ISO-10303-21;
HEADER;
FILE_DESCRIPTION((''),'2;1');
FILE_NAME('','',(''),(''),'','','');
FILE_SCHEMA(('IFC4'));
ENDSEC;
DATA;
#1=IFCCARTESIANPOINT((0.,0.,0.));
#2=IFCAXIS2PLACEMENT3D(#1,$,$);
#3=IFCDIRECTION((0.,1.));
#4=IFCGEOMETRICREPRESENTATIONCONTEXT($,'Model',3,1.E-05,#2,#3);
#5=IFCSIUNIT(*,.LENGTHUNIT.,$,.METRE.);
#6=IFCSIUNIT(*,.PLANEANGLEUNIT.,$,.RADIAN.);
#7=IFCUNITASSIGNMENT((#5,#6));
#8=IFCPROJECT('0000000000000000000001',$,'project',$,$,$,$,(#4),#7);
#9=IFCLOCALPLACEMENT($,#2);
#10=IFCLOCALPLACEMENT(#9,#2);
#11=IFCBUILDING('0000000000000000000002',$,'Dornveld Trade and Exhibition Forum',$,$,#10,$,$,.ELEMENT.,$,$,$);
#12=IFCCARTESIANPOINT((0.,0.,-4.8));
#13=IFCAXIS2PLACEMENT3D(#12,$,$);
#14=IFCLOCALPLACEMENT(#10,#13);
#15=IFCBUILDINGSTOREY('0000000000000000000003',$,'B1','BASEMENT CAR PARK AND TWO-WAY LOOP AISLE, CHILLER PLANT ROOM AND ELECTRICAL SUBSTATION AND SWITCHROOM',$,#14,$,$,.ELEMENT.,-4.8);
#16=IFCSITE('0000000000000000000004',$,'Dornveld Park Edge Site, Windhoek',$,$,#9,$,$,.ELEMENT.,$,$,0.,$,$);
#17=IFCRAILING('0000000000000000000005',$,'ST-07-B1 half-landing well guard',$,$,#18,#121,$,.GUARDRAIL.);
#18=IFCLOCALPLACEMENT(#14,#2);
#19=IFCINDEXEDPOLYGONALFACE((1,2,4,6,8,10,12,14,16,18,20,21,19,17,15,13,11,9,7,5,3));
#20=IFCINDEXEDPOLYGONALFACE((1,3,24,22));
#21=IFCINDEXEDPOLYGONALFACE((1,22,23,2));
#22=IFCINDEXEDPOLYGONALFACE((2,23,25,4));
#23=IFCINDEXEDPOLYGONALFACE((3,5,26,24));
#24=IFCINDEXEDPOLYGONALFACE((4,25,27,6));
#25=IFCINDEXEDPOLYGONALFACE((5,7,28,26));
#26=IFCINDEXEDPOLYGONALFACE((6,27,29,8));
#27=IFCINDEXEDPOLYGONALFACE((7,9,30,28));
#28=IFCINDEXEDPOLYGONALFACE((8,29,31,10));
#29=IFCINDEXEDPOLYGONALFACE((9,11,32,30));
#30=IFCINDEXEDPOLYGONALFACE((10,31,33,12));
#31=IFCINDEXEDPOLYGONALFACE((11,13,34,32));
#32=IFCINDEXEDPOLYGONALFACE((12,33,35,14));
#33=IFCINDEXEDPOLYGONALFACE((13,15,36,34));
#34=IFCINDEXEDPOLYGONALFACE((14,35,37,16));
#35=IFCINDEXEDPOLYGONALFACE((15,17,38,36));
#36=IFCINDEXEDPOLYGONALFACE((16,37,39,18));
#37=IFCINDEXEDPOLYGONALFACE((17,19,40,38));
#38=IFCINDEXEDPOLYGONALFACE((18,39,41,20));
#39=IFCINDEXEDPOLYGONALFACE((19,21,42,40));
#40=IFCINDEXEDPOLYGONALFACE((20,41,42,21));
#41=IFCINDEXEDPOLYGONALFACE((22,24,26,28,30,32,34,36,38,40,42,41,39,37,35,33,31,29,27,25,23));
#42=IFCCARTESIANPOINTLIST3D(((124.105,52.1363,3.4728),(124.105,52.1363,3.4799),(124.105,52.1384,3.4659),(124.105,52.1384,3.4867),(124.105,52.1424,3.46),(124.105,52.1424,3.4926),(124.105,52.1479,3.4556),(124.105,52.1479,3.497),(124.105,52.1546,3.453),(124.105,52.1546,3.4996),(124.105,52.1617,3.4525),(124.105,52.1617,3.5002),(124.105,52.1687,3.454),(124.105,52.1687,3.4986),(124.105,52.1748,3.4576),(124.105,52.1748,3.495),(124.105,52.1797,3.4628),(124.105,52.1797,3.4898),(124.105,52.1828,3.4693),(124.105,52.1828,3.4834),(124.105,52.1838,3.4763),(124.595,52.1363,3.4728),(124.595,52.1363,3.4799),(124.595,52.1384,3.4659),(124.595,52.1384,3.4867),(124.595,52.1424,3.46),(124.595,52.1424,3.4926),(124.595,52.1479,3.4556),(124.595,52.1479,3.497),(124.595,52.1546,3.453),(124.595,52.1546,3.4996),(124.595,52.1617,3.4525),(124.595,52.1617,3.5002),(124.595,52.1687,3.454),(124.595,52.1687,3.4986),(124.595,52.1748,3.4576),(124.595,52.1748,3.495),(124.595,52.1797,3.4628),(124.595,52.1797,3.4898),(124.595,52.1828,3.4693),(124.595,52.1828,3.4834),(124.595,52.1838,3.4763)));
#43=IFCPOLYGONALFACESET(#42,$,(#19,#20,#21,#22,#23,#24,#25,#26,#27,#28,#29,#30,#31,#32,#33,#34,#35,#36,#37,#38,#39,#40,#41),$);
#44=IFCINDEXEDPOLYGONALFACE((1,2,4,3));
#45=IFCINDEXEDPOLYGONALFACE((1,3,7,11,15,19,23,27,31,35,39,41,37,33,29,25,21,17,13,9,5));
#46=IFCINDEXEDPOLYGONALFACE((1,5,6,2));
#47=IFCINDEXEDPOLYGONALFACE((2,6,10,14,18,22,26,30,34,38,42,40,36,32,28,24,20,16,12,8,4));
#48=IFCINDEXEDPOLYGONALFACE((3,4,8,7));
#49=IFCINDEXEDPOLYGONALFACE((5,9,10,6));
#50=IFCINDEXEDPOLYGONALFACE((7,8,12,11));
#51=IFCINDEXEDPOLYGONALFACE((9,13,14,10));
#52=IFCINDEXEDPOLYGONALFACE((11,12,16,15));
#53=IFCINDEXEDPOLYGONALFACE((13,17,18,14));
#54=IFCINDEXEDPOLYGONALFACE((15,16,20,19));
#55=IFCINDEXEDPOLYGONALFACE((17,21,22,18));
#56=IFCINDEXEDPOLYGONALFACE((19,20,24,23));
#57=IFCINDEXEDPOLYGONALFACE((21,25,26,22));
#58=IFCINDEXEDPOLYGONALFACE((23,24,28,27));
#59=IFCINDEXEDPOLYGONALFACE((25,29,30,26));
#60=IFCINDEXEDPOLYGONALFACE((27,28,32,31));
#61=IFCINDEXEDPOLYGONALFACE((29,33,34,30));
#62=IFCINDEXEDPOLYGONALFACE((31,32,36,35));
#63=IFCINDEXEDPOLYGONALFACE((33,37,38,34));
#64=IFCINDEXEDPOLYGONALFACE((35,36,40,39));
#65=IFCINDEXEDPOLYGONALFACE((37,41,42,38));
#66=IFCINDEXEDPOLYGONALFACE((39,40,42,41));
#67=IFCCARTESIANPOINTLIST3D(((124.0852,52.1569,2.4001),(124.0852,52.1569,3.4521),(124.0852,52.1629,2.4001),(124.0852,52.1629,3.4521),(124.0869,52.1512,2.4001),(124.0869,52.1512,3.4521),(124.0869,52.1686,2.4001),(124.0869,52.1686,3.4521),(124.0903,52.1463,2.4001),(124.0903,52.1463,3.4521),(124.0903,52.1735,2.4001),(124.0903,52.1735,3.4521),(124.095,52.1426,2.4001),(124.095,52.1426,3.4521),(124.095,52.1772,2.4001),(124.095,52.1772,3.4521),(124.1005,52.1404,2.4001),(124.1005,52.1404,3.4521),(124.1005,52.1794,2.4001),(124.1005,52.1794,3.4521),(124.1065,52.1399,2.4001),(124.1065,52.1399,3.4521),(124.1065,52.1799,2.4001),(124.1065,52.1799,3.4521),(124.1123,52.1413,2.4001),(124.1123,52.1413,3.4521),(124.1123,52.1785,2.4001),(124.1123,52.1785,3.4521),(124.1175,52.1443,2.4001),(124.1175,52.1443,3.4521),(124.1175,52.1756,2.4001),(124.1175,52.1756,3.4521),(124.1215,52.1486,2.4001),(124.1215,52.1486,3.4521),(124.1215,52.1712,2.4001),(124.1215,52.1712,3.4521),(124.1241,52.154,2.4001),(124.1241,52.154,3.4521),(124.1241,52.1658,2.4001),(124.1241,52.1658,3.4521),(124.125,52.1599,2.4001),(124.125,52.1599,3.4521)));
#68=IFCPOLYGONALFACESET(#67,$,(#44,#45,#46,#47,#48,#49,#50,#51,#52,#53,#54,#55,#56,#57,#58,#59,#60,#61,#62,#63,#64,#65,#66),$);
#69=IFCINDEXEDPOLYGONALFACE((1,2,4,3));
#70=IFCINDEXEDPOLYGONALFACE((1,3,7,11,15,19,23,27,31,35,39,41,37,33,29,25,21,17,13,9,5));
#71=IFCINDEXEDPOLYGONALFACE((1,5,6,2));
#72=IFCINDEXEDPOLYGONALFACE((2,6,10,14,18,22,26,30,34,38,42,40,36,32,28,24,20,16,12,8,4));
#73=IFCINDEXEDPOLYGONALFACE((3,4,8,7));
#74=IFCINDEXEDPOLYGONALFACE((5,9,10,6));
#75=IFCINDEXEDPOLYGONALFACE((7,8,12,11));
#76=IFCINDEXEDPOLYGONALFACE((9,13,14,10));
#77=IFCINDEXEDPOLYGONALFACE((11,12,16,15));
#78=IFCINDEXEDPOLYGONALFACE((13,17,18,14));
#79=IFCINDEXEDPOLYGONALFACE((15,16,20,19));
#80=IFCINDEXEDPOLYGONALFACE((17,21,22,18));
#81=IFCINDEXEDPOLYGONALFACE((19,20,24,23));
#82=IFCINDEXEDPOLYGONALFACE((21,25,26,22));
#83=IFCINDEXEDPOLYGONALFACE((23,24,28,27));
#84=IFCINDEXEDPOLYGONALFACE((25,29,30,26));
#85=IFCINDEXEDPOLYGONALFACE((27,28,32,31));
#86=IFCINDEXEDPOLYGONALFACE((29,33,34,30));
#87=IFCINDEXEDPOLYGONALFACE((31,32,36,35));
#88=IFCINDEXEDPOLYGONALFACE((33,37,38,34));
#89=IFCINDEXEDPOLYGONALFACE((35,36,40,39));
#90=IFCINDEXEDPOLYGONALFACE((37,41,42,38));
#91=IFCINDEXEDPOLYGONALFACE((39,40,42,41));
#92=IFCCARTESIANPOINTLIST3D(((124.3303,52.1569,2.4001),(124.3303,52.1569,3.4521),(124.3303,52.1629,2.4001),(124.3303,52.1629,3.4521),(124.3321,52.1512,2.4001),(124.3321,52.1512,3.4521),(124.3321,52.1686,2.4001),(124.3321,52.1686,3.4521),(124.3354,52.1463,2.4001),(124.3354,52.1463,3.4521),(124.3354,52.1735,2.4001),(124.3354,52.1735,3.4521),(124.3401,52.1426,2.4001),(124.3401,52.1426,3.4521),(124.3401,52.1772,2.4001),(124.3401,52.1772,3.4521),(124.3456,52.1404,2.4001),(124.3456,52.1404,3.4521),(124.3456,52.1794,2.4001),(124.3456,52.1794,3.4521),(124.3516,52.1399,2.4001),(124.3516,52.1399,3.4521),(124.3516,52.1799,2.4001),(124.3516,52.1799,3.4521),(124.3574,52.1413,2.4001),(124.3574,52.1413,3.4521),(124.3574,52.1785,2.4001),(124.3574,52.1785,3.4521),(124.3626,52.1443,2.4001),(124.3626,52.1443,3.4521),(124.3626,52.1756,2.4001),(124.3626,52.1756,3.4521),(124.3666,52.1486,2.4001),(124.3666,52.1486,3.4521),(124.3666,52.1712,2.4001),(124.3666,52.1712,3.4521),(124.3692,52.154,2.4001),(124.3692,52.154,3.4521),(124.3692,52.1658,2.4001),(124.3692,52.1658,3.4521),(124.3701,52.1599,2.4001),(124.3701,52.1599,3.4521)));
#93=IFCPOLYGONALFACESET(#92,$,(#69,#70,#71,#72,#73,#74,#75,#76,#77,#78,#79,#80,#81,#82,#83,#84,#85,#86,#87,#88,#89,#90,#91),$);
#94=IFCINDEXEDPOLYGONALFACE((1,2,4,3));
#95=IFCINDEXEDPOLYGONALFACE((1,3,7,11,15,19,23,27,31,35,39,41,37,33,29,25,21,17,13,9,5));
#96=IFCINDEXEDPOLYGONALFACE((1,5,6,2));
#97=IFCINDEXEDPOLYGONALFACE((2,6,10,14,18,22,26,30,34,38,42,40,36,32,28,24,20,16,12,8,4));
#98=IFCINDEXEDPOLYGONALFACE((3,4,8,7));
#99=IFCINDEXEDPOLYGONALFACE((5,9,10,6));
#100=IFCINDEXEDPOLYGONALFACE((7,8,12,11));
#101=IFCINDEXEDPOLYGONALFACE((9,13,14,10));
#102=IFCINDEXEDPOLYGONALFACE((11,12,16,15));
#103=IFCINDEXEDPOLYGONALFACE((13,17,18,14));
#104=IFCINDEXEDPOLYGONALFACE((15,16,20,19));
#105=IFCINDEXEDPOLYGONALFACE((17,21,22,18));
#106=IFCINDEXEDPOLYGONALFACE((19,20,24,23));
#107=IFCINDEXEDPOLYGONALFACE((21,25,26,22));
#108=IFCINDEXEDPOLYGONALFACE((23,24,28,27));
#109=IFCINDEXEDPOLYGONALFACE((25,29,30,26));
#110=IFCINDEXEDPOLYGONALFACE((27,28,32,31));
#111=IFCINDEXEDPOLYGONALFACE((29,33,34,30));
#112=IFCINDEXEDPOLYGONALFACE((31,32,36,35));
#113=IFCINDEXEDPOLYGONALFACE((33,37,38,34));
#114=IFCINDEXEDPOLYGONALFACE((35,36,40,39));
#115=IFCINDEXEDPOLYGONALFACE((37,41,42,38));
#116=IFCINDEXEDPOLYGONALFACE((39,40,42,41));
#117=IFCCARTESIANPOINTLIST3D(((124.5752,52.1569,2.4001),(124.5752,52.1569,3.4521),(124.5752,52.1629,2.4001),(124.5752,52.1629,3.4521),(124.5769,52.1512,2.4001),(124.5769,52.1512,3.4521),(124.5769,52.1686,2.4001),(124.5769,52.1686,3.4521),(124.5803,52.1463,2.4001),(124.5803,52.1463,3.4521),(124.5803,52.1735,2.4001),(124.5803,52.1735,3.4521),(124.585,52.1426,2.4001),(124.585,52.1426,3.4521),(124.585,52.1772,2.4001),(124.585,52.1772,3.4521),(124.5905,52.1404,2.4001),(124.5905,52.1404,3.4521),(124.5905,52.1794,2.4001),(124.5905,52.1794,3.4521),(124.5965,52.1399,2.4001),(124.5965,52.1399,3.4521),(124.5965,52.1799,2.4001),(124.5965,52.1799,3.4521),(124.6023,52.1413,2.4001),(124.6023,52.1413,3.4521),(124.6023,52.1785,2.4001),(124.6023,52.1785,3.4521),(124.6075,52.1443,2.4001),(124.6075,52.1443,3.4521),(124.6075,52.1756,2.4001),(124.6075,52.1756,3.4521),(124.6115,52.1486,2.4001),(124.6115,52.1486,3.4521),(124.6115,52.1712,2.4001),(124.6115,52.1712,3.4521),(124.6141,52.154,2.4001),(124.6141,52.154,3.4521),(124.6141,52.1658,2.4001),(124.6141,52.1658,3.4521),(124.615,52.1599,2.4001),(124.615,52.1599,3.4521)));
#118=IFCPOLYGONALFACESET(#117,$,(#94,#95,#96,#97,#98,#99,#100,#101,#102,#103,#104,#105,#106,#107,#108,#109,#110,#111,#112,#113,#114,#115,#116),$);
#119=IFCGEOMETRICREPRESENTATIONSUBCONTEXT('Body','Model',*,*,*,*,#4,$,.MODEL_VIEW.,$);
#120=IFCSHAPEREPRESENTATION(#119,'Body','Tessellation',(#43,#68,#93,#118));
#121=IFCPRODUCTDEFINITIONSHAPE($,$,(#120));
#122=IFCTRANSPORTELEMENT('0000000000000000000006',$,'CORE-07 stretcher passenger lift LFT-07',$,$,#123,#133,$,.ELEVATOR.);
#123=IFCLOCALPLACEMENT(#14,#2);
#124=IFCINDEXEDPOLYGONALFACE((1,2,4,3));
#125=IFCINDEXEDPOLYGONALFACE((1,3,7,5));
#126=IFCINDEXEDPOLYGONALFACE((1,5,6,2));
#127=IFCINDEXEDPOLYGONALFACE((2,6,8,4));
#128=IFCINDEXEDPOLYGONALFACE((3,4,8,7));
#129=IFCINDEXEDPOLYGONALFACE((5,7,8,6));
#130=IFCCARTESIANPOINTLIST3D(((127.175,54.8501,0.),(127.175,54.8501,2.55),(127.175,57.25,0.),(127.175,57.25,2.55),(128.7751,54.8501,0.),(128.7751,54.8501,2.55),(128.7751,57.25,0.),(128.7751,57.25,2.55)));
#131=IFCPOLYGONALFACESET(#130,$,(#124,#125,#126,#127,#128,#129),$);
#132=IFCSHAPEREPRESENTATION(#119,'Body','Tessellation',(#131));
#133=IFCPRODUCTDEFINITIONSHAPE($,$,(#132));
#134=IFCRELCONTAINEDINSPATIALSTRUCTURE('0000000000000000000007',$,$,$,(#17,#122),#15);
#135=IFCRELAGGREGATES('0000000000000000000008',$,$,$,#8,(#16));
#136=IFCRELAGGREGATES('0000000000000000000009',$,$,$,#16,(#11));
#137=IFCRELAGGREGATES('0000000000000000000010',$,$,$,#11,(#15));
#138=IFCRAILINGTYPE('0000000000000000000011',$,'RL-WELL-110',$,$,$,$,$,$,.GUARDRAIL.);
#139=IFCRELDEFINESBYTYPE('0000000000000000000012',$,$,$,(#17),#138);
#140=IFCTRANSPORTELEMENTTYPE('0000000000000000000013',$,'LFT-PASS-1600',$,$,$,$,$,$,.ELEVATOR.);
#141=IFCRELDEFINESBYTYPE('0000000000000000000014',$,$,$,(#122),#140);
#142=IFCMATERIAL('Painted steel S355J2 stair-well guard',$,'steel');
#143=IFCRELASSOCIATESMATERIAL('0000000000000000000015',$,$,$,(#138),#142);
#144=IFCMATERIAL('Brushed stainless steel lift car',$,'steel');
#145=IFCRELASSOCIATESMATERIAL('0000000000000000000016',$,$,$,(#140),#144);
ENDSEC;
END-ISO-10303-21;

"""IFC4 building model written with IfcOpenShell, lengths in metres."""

from ifc_helpers import new_model, si_unit, direction, frame, origin, origin_2d, place, context, subcontext, project, spatial, rectangle, circle, extrude, material, type_object, element, save


model = new_model("IFC4")

# Units and contexts
model_context = context("Model", 3, precision=1e-05, world=origin(), true_north=direction((0.0, 1.0)))
body_context = subcontext(model_context, "Body", "Model", "MODEL_VIEW")
ifc_project = project(units=[si_unit("LENGTHUNIT", "METRE"), si_unit("PLANEANGLEUNIT", "RADIAN")], contexts=[model_context])

# Site, building, storey
site_placement = place(None, origin())
site = spatial("IfcSite", under=ifc_project, at=site_placement, Name="Dornveld Park Edge Site, Windhoek", CompositionType="ELEMENT", RefElevation=0.0)
building_placement = place(site_placement, origin())
building = spatial("IfcBuilding", under=site, at=building_placement, Name="Dornveld Trade and Exhibition Forum", CompositionType="ELEMENT")
storey_placement = place(building_placement, frame((0.0, 0.0, -4.8)))
storey = spatial("IfcBuildingStorey", under=building, at=storey_placement, Name="B1", Description="BASEMENT CAR PARK AND TWO-WAY LOOP AISLE, CHILLER PLANT ROOM AND ELECTRICAL SUBSTATION AND SWITCHROOM", CompositionType="ELEMENT", Elevation=-4.8)

# Railing
ifc_material_1 = material(Name="Painted steel S355J2 stair-well guard", Category="steel")
railing_type_1 = type_object("IfcRailingType", Name="RL-WELL-110", PredefinedType="GUARDRAIL", material=ifc_material_1)
railing_1_placement = place(storey_placement, frame((124.105, 52.1599, 2.4001)))
element("IfcRailing", 1, at=railing_1_placement, inside=storey, type_object=railing_type_1, Name="ST-07-B1 half-landing well guard", PredefinedType="GUARDRAIL", context=body_context, shape_type="SweptSolid", body=[
    extrude(circle(Radius=0.0239, at=origin_2d()), frame((0.0, 0.0, 1.0762), z_axis=(1.0, 0.0, 0.0), x_axis=(0.0, 1.0, 0.0)), (0.0, 0.0, 1.0), 0.49),
    extrude(circle(Radius=0.02, at=origin_2d()), origin(), (0.0, 0.0, 1.0), 1.052),
    extrude(circle(Radius=0.02, at=origin_2d()), frame((0.2451, 0.0, 0.0)), (0.0, 0.0, 1.0), 1.052),
    extrude(circle(Radius=0.02, at=origin_2d()), frame((0.49, 0.0, 0.0)), (0.0, 0.0, 1.0), 1.052),
])

# Transport element
ifc_material_2 = material(Name="Brushed stainless steel lift car", Category="steel")
transport_element_type = type_object("IfcTransportElementType", Name="LFT-PASS-1600", PredefinedType="ELEVATOR", material=ifc_material_2)
transport_element_placement = place(storey_placement, frame((127.9751, 56.05, 0.0), z_axis=(0.0, 0.0, 1.0), x_axis=(1.0, 0.0, 0.0)))
element("IfcTransportElement", 2, at=transport_element_placement, inside=storey, type_object=transport_element_type, Name="CORE-07 stretcher passenger lift LFT-07", PredefinedType="ELEVATOR", context=body_context, shape_type="SweptSolid", body=[
    extrude(rectangle(XDim=1.6001, YDim=2.3999, at=origin_2d()), origin(), (0.0, 0.0, 1.0), 2.55),
])

save(model, "model.ifc")
